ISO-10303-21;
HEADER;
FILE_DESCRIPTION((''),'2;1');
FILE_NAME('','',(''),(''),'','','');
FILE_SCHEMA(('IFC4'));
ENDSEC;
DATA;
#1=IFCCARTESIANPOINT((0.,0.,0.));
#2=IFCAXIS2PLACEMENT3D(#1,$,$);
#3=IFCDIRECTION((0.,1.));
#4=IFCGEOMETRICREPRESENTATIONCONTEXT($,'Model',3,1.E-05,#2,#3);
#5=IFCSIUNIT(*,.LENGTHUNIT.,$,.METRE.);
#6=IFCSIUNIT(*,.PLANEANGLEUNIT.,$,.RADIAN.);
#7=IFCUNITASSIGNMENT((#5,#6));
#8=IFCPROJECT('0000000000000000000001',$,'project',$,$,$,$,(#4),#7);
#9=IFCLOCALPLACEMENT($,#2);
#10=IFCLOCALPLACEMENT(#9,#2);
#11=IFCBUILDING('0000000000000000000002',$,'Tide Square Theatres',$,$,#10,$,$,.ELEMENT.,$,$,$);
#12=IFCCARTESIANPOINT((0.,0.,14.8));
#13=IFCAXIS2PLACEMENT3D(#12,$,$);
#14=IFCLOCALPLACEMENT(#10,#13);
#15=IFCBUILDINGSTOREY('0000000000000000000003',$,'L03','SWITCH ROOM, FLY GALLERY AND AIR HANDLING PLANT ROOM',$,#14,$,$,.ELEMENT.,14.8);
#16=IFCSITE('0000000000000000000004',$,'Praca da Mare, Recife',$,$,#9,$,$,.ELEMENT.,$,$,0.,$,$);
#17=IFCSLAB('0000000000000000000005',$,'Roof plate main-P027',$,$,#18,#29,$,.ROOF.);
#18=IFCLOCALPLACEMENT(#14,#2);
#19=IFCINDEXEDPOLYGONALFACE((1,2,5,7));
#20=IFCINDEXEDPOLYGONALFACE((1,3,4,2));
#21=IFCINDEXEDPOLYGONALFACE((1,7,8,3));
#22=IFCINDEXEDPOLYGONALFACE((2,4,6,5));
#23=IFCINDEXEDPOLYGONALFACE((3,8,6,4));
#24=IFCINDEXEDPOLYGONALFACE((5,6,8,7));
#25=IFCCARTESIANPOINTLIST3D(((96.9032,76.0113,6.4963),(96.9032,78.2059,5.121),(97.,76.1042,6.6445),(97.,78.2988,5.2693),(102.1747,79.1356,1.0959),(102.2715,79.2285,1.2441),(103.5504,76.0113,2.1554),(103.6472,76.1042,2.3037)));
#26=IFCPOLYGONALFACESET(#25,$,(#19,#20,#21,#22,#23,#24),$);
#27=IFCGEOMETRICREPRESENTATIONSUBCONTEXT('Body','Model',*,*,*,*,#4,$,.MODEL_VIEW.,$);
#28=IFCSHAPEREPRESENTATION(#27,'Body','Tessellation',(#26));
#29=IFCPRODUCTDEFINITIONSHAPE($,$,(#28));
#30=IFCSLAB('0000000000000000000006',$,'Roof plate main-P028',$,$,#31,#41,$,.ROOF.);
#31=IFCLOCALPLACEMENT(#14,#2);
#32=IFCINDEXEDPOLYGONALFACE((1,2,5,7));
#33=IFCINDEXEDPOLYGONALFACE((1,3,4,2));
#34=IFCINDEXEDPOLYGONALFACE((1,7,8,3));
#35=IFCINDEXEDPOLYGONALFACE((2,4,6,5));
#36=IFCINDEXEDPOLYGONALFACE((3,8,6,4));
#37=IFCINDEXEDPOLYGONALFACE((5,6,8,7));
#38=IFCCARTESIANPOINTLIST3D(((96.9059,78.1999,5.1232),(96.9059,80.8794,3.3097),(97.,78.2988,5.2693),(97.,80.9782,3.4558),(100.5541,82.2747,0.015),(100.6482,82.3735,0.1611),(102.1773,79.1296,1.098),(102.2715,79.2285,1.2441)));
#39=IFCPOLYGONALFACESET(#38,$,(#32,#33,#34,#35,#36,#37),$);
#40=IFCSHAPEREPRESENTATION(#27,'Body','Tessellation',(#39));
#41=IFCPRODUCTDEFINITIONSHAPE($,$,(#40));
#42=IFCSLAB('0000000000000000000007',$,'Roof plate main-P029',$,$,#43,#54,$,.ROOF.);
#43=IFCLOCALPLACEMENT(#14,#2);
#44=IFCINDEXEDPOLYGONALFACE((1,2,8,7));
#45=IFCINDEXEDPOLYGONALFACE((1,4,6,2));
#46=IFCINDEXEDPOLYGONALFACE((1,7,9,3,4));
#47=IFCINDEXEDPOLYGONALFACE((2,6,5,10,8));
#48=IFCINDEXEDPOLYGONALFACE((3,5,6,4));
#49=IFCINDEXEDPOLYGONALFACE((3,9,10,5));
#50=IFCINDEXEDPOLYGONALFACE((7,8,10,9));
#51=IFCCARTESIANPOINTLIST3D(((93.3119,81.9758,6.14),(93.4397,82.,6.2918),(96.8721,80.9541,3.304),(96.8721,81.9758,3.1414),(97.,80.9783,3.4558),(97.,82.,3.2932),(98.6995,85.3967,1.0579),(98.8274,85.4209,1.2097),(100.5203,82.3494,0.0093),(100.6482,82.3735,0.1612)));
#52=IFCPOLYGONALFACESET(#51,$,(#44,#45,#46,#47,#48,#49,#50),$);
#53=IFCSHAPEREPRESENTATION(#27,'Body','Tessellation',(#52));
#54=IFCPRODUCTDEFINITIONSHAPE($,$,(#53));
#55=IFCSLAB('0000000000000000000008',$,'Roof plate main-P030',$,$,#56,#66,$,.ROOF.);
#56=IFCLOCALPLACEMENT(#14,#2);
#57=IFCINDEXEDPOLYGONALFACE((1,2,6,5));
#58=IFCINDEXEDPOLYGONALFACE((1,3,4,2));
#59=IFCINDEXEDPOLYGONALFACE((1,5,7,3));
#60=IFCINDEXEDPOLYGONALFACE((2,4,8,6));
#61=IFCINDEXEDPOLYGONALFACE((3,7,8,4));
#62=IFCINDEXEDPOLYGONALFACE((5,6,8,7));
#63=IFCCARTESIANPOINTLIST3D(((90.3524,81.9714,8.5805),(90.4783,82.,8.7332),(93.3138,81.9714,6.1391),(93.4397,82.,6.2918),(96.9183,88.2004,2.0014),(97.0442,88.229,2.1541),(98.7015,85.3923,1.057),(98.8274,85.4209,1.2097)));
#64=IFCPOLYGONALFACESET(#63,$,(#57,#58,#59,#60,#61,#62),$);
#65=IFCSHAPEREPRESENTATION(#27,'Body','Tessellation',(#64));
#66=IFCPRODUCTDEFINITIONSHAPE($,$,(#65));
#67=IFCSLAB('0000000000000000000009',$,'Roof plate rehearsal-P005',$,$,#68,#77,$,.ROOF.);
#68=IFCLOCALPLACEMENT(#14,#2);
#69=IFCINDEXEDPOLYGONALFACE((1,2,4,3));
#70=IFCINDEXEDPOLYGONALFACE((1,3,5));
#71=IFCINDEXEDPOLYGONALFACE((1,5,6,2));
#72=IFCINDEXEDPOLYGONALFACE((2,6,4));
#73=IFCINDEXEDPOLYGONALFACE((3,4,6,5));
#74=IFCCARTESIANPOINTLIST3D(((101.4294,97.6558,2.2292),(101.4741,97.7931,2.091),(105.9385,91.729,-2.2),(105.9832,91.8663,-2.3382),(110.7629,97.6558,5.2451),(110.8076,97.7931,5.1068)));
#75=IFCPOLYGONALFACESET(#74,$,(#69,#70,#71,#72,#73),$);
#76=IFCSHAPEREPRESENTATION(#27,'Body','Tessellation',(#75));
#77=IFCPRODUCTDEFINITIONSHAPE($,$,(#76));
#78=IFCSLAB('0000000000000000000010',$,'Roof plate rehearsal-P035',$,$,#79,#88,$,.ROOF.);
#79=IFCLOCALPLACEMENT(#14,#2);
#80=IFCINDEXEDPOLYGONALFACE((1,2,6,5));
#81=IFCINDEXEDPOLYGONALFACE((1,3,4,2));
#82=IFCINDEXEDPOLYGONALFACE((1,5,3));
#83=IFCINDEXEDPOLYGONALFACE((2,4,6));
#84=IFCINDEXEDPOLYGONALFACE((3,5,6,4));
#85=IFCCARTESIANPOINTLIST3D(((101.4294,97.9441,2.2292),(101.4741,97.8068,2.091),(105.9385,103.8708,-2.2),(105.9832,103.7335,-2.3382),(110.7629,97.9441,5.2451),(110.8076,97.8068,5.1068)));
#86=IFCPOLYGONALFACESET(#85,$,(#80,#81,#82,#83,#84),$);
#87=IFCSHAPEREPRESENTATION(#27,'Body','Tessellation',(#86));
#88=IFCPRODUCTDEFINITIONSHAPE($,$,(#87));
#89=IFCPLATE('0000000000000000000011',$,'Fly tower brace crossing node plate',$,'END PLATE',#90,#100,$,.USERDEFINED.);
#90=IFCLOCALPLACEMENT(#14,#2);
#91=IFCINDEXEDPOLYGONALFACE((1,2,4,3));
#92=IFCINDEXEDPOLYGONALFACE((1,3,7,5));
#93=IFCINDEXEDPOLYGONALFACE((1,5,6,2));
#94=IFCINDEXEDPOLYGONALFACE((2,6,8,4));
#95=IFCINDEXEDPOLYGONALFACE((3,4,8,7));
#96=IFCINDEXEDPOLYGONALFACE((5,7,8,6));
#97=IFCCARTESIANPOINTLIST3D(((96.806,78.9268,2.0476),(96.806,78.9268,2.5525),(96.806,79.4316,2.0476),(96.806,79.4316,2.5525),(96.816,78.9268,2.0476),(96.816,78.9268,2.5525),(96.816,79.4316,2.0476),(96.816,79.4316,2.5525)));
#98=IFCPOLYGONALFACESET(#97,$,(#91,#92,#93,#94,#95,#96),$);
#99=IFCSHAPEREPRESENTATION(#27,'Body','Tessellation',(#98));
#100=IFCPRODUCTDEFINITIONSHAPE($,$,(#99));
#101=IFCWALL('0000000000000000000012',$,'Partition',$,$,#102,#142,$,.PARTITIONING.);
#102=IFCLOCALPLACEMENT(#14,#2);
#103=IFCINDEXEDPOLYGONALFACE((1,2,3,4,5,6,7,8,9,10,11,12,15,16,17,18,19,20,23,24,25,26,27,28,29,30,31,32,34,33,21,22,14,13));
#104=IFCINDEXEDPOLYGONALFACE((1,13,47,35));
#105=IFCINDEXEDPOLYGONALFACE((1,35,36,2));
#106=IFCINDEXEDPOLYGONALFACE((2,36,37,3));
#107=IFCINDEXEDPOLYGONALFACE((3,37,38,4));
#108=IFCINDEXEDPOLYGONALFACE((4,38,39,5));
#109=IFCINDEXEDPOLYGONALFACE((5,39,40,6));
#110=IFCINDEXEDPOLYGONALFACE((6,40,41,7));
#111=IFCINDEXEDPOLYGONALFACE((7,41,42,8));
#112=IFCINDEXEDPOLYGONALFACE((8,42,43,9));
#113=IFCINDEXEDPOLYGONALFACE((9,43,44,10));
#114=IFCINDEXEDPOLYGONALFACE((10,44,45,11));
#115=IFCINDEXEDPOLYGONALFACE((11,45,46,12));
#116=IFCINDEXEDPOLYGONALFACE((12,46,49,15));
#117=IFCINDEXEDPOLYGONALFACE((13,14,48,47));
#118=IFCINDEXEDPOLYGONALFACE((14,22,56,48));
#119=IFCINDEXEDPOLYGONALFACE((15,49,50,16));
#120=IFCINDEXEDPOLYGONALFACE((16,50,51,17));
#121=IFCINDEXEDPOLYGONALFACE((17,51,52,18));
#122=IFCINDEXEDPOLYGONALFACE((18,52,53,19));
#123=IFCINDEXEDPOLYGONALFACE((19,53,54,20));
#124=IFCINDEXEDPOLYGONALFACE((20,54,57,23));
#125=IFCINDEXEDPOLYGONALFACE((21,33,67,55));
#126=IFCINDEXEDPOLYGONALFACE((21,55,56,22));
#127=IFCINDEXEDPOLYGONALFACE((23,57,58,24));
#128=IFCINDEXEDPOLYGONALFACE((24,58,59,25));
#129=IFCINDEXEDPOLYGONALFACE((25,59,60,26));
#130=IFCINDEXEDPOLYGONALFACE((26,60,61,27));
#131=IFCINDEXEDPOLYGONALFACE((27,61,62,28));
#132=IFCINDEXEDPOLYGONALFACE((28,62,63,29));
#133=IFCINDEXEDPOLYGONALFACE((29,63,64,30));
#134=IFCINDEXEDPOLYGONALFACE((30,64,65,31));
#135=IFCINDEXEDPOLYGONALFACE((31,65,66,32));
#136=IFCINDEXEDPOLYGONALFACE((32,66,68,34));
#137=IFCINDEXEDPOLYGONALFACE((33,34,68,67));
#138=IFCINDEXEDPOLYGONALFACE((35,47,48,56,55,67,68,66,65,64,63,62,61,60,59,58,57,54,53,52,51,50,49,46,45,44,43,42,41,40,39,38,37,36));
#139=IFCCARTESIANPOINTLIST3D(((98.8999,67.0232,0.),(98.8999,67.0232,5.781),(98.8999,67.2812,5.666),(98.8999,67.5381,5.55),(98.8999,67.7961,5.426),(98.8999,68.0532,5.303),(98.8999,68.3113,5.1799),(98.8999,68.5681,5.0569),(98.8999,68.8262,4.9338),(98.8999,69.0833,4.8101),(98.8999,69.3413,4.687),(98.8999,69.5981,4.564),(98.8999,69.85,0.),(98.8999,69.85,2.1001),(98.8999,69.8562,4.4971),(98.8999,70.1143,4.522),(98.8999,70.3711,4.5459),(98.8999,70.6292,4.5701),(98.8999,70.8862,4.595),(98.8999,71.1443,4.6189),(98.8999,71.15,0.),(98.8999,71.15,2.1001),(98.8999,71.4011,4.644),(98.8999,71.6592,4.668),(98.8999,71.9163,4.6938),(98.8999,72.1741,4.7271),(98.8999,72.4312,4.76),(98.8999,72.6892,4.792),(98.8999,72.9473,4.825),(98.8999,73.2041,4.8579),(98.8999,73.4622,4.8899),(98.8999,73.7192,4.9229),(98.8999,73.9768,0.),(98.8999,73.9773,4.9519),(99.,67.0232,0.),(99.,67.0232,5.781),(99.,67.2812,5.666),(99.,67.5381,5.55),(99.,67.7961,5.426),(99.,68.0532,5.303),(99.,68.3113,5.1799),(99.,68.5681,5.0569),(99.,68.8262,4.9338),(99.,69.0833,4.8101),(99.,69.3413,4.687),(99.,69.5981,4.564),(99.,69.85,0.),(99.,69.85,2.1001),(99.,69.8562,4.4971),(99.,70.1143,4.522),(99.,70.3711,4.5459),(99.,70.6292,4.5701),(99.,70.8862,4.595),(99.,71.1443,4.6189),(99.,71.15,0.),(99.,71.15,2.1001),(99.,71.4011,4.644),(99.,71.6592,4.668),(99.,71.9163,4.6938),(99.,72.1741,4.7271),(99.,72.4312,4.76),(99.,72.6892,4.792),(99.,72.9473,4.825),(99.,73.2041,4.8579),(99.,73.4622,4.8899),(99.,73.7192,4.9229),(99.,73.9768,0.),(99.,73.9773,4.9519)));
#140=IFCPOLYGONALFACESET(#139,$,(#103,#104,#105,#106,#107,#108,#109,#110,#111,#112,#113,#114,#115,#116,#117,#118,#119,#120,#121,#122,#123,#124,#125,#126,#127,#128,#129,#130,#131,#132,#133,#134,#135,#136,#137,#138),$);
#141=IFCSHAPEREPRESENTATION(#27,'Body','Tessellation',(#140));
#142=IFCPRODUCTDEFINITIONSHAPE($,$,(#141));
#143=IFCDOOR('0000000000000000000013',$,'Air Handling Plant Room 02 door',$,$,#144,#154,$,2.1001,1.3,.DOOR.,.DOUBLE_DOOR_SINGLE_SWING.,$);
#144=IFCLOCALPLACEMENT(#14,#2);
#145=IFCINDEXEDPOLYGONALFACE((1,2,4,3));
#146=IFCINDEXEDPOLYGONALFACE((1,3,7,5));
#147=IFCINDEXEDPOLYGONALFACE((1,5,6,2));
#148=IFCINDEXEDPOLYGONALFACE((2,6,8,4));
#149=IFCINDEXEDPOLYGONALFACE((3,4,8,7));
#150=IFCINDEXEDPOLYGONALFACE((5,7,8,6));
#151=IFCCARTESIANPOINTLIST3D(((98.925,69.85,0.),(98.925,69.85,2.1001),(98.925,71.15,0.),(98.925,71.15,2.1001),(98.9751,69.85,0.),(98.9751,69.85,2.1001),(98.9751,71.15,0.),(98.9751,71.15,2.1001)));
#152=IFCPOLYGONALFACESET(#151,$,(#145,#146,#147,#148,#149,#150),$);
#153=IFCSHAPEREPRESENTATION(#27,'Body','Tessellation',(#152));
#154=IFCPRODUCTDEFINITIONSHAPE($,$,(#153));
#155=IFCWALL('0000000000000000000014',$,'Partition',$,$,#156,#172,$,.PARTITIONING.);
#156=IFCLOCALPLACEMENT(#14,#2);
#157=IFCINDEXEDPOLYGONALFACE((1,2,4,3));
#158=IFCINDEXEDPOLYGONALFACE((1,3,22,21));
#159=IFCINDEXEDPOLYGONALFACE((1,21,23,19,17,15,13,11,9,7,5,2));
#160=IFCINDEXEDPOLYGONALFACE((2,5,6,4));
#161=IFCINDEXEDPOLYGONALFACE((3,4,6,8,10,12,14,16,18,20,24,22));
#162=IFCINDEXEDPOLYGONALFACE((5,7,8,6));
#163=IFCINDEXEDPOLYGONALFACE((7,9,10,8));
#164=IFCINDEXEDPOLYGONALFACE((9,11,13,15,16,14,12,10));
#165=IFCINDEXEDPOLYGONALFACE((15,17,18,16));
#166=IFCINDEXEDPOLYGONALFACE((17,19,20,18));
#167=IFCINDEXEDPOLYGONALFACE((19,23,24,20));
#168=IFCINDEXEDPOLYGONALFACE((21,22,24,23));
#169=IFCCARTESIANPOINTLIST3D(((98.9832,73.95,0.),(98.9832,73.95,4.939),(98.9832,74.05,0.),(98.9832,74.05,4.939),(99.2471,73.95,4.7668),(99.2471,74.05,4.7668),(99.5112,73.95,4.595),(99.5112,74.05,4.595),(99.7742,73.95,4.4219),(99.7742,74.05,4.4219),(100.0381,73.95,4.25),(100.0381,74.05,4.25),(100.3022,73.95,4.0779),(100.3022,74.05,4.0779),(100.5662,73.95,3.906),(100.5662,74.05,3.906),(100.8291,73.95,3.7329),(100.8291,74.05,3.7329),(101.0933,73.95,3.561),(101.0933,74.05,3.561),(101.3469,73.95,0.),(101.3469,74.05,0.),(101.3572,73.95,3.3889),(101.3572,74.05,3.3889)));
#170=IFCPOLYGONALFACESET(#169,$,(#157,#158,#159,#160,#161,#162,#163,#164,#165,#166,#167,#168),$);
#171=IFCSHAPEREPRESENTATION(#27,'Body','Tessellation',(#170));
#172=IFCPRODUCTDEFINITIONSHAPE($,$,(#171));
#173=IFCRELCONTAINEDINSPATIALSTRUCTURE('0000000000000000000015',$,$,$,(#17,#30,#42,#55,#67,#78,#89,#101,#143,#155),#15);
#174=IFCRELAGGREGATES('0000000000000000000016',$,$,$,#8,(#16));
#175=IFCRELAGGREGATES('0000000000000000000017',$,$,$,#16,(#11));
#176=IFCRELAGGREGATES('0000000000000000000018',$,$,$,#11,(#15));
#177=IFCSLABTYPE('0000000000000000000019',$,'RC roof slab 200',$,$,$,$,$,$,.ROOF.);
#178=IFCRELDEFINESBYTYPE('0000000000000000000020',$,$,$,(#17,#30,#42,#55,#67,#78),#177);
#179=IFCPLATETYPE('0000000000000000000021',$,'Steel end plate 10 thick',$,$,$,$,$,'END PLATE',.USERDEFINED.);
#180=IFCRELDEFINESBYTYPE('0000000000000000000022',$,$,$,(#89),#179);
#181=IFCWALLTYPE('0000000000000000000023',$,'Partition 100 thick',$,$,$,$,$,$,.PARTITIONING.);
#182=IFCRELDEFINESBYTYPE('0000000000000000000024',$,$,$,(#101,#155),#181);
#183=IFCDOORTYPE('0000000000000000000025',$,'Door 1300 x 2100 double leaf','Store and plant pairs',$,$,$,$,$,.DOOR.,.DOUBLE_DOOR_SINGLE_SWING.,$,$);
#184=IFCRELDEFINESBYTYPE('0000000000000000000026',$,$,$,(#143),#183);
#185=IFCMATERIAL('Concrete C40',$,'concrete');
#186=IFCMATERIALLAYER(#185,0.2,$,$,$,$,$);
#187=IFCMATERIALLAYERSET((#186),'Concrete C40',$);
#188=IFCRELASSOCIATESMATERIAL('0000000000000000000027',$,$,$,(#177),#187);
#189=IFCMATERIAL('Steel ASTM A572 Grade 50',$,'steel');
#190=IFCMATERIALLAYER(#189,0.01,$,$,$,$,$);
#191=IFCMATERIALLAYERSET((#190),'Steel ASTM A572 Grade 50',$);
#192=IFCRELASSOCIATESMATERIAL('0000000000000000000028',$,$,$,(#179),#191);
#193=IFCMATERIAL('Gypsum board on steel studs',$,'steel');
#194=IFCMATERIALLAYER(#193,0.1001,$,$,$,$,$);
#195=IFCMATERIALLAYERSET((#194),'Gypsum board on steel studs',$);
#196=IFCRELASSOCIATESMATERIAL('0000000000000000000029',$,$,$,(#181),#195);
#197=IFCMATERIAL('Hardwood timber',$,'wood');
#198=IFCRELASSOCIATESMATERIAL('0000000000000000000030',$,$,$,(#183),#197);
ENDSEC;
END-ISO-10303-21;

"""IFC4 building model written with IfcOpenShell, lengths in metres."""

from ifc_helpers import new_model, si_unit, direction, frame, frame_2d, origin, origin_2d, place, context, subcontext, project, spatial, polyline, rectangle, outline, extrude, material, layer, layer_set, type_object, element, fill, save


model = new_model("IFC4")

# Units and contexts
model_context = context("Model", 3, precision=1e-05, world=origin(), true_north=direction((0.0, 1.0)))
body_context = subcontext(model_context, "Body", "Model", "MODEL_VIEW")
ifc_project = project(units=[si_unit("LENGTHUNIT", "METRE"), si_unit("PLANEANGLEUNIT", "RADIAN")], contexts=[model_context])

# Site, building, storey
site_placement = place(None, origin())
site = spatial("IfcSite", under=ifc_project, at=site_placement, Name="Praca da Mare, Recife", CompositionType="ELEMENT", RefElevation=0.0)
building_placement = place(site_placement, origin())
building = spatial("IfcBuilding", under=site, at=building_placement, Name="Tide Square Theatres", CompositionType="ELEMENT")
storey_placement = place(building_placement, frame((0.0, 0.0, 14.8)))
storey = spatial("IfcBuildingStorey", under=building, at=storey_placement, Name="L03", Description="SWITCH ROOM, FLY GALLERY AND AIR HANDLING PLANT ROOM", CompositionType="ELEMENT", Elevation=14.8)

# Slabs
ifc_material_1 = material(Name="Concrete C40", Category="concrete")
ifc_layer_1 = layer(ifc_material_1, 0.2)
ifc_layer_set_1 = layer_set([ifc_layer_1], Name="Concrete C40")
slab_type = type_object("IfcSlabType", Name="RC roof slab 200", PredefinedType="ROOF", material=ifc_layer_set_1)
slab_1_placement = place(storey_placement, frame((102.2715, 79.2285, 1.2441), z_axis=(0.484171, 0.46463, 0.741415), x_axis=(-0.787102, -0.138817, 0.601)))
element("IfcSlab", 1, at=slab_1_placement, inside=storey, type_object=slab_type, Name="Roof plate main-P027", PredefinedType="ROOF", context=body_context, shape_type="SweptSolid", body=[
    extrude(outline(polyline([(0.0, 0.0), (6.6974, 0.0), (7.8285, 2.3298), (-0.0123, 3.5744), (0.0, 0.0)])), origin(), (0.0, 0.0, -1.0), 0.2),
])
slab_2_placement = place(storey_placement, frame((100.6482, 82.3735, 0.1611), z_axis=(0.470704, 0.494542, 0.730662), x_axis=(-0.713953, -0.273057, 0.644756)))
element("IfcSlab", 2, at=slab_2_placement, inside=storey, type_object=slab_type, Name="Roof plate main-P028", PredefinedType="ROOF", context=body_context, shape_type="SweptSolid", body=[
    extrude(outline(polyline([(0.0, 0.0), (5.1099, 0.0), (7.0108, 2.6182), (0.3981, 3.6798), (0.0, 0.0)])), origin(), (0.0, 0.0, -1.0), 0.2),
])
slab_3_placement = place(storey_placement, frame((98.8274, 85.4209, 1.2097), z_axis=(0.639469, 0.120833, 0.759262), x_axis=(-0.660397, -0.419318, 0.622935)))
element("IfcSlab", 3, at=slab_3_placement, inside=storey, type_object=slab_type, Name="Roof plate main-P029", PredefinedType="ROOF", context=body_context, shape_type="SweptSolid", body=[
    extrude(outline(polyline([(0.0, 0.0), (8.1582, 0.0), (3.9391, 1.9662), (4.4688, 2.8549), (-0.5778, 3.6561), (0.0, 0.0)])), origin(), (0.0, 0.0, -1.0), 0.2),
])
slab_4_placement = place(storey_placement, frame((98.8274, 85.4209, 1.2097), z_axis=(0.629572, 0.142971, 0.763675), x_axis=(-0.515688, 0.812086, 0.273098)))
element("IfcSlab", 4, at=slab_4_placement, inside=storey, type_object=slab_type, Name="Roof plate main-P030", PredefinedType="ROOF", context=body_context, shape_type="SweptSolid", body=[
    extrude(outline(polyline([(0.0, 0.0), (3.4579, 0.0), (3.5821, 11.1884), (1.3882, 8.0393), (0.0, 0.0)])), origin(), (0.0, 0.0, -1.0), 0.2),
])
slab_5_placement = place(storey_placement, frame((105.9385, 91.729, -2.2), z_axis=(-0.223468, -0.686853, 0.691589), x_axis=(0.452188, 0.555504, 0.697812)))
element("IfcSlab", 5, at=slab_5_placement, inside=storey, type_object=slab_type, Name="Roof plate rehearsal-P005", PredefinedType="ROOF", context=body_context, shape_type="SweptSolid", body=[
    extrude(outline(polyline([(0.0, 0.0), (10.6692, 0.0), (4.3442, 7.4969), (0.0, 0.0)])), origin(), (0.0, 0.0, -1.0), 0.2),
])
slab_6_placement = place(storey_placement, frame((105.9385, 103.8708, -2.2), z_axis=(-0.223468, 0.686853, 0.691589), x_axis=(-0.520396, -0.684018, 0.511182)))
element("IfcSlab", 6, at=slab_6_placement, inside=storey, type_object=slab_type, Name="Roof plate rehearsal-P035", PredefinedType="ROOF", context=body_context, shape_type="SweptSolid", body=[
    extrude(outline(polyline([(0.0, 0.0), (8.6646, 0.0), (5.3492, 9.2313), (0.0, 0.0)])), origin(), (0.0, 0.0, -1.0), 0.2),
])

# Plate
ifc_material_2 = material(Name="Steel ASTM A572 Grade 50", Category="steel")
ifc_layer_2 = layer(ifc_material_2, 0.01)
ifc_layer_set_2 = layer_set([ifc_layer_2], Name="Steel ASTM A572 Grade 50")
plate_type = type_object("IfcPlateType", Name="Steel end plate 10 thick", ElementType="END PLATE", PredefinedType="USERDEFINED", material=ifc_layer_set_2)
plate_placement = place(storey_placement, frame((96.811, 79.1792, 2.0476), z_axis=(0.0, 0.0, 1.0), x_axis=(1.0, 0.0, 0.0)))
element("IfcPlate", 7, at=plate_placement, inside=storey, type_object=plate_type, Name="Fly tower brace crossing node plate", ObjectType="END PLATE", PredefinedType="USERDEFINED", context=body_context, shape_type="SweptSolid", body=[
    extrude(rectangle(XDim=0.01, YDim=0.5049, at=origin_2d()), origin(), (0.0, 0.0, 1.0), 0.5049),
])

# Wall, opening, door
ifc_material_3 = material(Name="Gypsum board on steel studs", Category="steel")
ifc_layer_3 = layer(ifc_material_3, 0.1001)
ifc_layer_set_3 = layer_set([ifc_layer_3], Name="Gypsum board on steel studs")
wall_type_1 = type_object("IfcWallType", Name="Partition 100 thick", PredefinedType="PARTITIONING", material=ifc_layer_set_3)
wall_1_placement = place(storey_placement, frame((98.95, 67.0232, 0.0), z_axis=(0.0, 0.0, 1.0), x_axis=(0.0, 1.0, 0.0)))
wall_1 = element("IfcWall", 8, at=wall_1_placement, inside=storey, type_object=wall_type_1, Name="Partition", PredefinedType="PARTITIONING", context=body_context, shape_type="SweptSolid", body=[
    extrude(outline(polyline([(0.0, 0.0), (6.9536, 0.0), (6.9541, 4.9519), (6.696, 4.9229), (6.439, 4.8899), (6.1809, 4.8579), (5.9241, 4.825), (5.666, 4.792), (5.408, 4.76), (5.1509, 4.7271), (4.8931, 4.6938), (4.636, 4.668), (4.3779, 4.644), (4.1211, 4.6189), (3.863, 4.595), (3.606, 4.5701), (3.3479, 4.5459), (3.0911, 4.522), (2.833, 4.4971), (2.575, 4.564), (2.3181, 4.687), (2.0601, 4.8101), (1.803, 4.9338), (1.5449, 5.0569), (1.2881, 5.1799), (1.03, 5.303), (0.7729, 5.426), (0.5149, 5.55), (0.2581, 5.666), (0.0, 5.781), (0.0, 0.0)])), frame((0.0, 0.05, 0.0), z_axis=(0.0, -1.0, 0.0), x_axis=(1.0, 0.0, 0.0)), (0.0, 0.0, 1.0), 0.1001),
])
opening_1_placement = place(wall_1_placement, frame((2.8269, 0.0, 0.0)))
opening_1 = element("IfcOpeningElement", 9, at=opening_1_placement, cuts=wall_1, PredefinedType="OPENING", context=body_context, shape_type="SweptSolid", body=[
    extrude(rectangle(XDim=1.3, YDim=2.1001, at=frame_2d((0.6499, 1.05))), frame((0.0, 0.0601, 0.0), z_axis=(0.0, -1.0, 0.0), x_axis=(1.0, 0.0, 0.0)), (0.0, 0.0, 1.0), 0.1201),
])
ifc_material_4 = material(Name="Hardwood timber", Category="wood")
door_type_1 = type_object("IfcDoorType", Name="Door 1300 x 2100 double leaf", Description="Store and plant pairs", OperationType="DOUBLE_DOOR_SINGLE_SWING", PredefinedType="DOOR", material=ifc_material_4)
door_1_placement = place(opening_1_placement, origin())
door_1 = element("IfcDoor", 10, at=door_1_placement, inside=storey, type_object=door_type_1, Name="Air Handling Plant Room 02 door", OperationType="DOUBLE_DOOR_SINGLE_SWING", OverallHeight=2.1001, OverallWidth=1.3, PredefinedType="DOOR", context=body_context, shape_type="SweptSolid", body=[
    extrude(rectangle(XDim=1.3, YDim=2.1001, at=frame_2d((0.6499, 1.05))), frame((0.0, 0.0249, 0.0), z_axis=(0.0, -1.0, 0.0), x_axis=(1.0, 0.0, 0.0)), (0.0, 0.0, 1.0), 0.05),
])
fill(opening_1, door_1)

# Wall
wall_2_placement = place(storey_placement, frame((98.9832, 74.0, 0.0), z_axis=(0.0, 0.0, 1.0), x_axis=(1.0, 0.0, 0.0)))
element("IfcWall", 11, at=wall_2_placement, inside=storey, type_object=wall_type_1, Name="Partition", PredefinedType="PARTITIONING", context=body_context, shape_type="SweptSolid", body=[
    extrude(outline(polyline([(0.0, 0.0), (2.3638, 0.0), (2.374, 3.3889), (2.1101, 3.561), (1.8459, 3.7329), (1.583, 3.906), (1.3191, 4.0779), (1.0549, 4.25), (0.791, 4.4219), (0.5281, 4.595), (0.2639, 4.7668), (0.0, 4.939), (0.0, 0.0)])), frame((0.0, 0.05, 0.0), z_axis=(0.0, -1.0, 0.0), x_axis=(1.0, 0.0, 0.0)), (0.0, 0.0, 1.0), 0.1001),
])

save(model, "model.ifc")
